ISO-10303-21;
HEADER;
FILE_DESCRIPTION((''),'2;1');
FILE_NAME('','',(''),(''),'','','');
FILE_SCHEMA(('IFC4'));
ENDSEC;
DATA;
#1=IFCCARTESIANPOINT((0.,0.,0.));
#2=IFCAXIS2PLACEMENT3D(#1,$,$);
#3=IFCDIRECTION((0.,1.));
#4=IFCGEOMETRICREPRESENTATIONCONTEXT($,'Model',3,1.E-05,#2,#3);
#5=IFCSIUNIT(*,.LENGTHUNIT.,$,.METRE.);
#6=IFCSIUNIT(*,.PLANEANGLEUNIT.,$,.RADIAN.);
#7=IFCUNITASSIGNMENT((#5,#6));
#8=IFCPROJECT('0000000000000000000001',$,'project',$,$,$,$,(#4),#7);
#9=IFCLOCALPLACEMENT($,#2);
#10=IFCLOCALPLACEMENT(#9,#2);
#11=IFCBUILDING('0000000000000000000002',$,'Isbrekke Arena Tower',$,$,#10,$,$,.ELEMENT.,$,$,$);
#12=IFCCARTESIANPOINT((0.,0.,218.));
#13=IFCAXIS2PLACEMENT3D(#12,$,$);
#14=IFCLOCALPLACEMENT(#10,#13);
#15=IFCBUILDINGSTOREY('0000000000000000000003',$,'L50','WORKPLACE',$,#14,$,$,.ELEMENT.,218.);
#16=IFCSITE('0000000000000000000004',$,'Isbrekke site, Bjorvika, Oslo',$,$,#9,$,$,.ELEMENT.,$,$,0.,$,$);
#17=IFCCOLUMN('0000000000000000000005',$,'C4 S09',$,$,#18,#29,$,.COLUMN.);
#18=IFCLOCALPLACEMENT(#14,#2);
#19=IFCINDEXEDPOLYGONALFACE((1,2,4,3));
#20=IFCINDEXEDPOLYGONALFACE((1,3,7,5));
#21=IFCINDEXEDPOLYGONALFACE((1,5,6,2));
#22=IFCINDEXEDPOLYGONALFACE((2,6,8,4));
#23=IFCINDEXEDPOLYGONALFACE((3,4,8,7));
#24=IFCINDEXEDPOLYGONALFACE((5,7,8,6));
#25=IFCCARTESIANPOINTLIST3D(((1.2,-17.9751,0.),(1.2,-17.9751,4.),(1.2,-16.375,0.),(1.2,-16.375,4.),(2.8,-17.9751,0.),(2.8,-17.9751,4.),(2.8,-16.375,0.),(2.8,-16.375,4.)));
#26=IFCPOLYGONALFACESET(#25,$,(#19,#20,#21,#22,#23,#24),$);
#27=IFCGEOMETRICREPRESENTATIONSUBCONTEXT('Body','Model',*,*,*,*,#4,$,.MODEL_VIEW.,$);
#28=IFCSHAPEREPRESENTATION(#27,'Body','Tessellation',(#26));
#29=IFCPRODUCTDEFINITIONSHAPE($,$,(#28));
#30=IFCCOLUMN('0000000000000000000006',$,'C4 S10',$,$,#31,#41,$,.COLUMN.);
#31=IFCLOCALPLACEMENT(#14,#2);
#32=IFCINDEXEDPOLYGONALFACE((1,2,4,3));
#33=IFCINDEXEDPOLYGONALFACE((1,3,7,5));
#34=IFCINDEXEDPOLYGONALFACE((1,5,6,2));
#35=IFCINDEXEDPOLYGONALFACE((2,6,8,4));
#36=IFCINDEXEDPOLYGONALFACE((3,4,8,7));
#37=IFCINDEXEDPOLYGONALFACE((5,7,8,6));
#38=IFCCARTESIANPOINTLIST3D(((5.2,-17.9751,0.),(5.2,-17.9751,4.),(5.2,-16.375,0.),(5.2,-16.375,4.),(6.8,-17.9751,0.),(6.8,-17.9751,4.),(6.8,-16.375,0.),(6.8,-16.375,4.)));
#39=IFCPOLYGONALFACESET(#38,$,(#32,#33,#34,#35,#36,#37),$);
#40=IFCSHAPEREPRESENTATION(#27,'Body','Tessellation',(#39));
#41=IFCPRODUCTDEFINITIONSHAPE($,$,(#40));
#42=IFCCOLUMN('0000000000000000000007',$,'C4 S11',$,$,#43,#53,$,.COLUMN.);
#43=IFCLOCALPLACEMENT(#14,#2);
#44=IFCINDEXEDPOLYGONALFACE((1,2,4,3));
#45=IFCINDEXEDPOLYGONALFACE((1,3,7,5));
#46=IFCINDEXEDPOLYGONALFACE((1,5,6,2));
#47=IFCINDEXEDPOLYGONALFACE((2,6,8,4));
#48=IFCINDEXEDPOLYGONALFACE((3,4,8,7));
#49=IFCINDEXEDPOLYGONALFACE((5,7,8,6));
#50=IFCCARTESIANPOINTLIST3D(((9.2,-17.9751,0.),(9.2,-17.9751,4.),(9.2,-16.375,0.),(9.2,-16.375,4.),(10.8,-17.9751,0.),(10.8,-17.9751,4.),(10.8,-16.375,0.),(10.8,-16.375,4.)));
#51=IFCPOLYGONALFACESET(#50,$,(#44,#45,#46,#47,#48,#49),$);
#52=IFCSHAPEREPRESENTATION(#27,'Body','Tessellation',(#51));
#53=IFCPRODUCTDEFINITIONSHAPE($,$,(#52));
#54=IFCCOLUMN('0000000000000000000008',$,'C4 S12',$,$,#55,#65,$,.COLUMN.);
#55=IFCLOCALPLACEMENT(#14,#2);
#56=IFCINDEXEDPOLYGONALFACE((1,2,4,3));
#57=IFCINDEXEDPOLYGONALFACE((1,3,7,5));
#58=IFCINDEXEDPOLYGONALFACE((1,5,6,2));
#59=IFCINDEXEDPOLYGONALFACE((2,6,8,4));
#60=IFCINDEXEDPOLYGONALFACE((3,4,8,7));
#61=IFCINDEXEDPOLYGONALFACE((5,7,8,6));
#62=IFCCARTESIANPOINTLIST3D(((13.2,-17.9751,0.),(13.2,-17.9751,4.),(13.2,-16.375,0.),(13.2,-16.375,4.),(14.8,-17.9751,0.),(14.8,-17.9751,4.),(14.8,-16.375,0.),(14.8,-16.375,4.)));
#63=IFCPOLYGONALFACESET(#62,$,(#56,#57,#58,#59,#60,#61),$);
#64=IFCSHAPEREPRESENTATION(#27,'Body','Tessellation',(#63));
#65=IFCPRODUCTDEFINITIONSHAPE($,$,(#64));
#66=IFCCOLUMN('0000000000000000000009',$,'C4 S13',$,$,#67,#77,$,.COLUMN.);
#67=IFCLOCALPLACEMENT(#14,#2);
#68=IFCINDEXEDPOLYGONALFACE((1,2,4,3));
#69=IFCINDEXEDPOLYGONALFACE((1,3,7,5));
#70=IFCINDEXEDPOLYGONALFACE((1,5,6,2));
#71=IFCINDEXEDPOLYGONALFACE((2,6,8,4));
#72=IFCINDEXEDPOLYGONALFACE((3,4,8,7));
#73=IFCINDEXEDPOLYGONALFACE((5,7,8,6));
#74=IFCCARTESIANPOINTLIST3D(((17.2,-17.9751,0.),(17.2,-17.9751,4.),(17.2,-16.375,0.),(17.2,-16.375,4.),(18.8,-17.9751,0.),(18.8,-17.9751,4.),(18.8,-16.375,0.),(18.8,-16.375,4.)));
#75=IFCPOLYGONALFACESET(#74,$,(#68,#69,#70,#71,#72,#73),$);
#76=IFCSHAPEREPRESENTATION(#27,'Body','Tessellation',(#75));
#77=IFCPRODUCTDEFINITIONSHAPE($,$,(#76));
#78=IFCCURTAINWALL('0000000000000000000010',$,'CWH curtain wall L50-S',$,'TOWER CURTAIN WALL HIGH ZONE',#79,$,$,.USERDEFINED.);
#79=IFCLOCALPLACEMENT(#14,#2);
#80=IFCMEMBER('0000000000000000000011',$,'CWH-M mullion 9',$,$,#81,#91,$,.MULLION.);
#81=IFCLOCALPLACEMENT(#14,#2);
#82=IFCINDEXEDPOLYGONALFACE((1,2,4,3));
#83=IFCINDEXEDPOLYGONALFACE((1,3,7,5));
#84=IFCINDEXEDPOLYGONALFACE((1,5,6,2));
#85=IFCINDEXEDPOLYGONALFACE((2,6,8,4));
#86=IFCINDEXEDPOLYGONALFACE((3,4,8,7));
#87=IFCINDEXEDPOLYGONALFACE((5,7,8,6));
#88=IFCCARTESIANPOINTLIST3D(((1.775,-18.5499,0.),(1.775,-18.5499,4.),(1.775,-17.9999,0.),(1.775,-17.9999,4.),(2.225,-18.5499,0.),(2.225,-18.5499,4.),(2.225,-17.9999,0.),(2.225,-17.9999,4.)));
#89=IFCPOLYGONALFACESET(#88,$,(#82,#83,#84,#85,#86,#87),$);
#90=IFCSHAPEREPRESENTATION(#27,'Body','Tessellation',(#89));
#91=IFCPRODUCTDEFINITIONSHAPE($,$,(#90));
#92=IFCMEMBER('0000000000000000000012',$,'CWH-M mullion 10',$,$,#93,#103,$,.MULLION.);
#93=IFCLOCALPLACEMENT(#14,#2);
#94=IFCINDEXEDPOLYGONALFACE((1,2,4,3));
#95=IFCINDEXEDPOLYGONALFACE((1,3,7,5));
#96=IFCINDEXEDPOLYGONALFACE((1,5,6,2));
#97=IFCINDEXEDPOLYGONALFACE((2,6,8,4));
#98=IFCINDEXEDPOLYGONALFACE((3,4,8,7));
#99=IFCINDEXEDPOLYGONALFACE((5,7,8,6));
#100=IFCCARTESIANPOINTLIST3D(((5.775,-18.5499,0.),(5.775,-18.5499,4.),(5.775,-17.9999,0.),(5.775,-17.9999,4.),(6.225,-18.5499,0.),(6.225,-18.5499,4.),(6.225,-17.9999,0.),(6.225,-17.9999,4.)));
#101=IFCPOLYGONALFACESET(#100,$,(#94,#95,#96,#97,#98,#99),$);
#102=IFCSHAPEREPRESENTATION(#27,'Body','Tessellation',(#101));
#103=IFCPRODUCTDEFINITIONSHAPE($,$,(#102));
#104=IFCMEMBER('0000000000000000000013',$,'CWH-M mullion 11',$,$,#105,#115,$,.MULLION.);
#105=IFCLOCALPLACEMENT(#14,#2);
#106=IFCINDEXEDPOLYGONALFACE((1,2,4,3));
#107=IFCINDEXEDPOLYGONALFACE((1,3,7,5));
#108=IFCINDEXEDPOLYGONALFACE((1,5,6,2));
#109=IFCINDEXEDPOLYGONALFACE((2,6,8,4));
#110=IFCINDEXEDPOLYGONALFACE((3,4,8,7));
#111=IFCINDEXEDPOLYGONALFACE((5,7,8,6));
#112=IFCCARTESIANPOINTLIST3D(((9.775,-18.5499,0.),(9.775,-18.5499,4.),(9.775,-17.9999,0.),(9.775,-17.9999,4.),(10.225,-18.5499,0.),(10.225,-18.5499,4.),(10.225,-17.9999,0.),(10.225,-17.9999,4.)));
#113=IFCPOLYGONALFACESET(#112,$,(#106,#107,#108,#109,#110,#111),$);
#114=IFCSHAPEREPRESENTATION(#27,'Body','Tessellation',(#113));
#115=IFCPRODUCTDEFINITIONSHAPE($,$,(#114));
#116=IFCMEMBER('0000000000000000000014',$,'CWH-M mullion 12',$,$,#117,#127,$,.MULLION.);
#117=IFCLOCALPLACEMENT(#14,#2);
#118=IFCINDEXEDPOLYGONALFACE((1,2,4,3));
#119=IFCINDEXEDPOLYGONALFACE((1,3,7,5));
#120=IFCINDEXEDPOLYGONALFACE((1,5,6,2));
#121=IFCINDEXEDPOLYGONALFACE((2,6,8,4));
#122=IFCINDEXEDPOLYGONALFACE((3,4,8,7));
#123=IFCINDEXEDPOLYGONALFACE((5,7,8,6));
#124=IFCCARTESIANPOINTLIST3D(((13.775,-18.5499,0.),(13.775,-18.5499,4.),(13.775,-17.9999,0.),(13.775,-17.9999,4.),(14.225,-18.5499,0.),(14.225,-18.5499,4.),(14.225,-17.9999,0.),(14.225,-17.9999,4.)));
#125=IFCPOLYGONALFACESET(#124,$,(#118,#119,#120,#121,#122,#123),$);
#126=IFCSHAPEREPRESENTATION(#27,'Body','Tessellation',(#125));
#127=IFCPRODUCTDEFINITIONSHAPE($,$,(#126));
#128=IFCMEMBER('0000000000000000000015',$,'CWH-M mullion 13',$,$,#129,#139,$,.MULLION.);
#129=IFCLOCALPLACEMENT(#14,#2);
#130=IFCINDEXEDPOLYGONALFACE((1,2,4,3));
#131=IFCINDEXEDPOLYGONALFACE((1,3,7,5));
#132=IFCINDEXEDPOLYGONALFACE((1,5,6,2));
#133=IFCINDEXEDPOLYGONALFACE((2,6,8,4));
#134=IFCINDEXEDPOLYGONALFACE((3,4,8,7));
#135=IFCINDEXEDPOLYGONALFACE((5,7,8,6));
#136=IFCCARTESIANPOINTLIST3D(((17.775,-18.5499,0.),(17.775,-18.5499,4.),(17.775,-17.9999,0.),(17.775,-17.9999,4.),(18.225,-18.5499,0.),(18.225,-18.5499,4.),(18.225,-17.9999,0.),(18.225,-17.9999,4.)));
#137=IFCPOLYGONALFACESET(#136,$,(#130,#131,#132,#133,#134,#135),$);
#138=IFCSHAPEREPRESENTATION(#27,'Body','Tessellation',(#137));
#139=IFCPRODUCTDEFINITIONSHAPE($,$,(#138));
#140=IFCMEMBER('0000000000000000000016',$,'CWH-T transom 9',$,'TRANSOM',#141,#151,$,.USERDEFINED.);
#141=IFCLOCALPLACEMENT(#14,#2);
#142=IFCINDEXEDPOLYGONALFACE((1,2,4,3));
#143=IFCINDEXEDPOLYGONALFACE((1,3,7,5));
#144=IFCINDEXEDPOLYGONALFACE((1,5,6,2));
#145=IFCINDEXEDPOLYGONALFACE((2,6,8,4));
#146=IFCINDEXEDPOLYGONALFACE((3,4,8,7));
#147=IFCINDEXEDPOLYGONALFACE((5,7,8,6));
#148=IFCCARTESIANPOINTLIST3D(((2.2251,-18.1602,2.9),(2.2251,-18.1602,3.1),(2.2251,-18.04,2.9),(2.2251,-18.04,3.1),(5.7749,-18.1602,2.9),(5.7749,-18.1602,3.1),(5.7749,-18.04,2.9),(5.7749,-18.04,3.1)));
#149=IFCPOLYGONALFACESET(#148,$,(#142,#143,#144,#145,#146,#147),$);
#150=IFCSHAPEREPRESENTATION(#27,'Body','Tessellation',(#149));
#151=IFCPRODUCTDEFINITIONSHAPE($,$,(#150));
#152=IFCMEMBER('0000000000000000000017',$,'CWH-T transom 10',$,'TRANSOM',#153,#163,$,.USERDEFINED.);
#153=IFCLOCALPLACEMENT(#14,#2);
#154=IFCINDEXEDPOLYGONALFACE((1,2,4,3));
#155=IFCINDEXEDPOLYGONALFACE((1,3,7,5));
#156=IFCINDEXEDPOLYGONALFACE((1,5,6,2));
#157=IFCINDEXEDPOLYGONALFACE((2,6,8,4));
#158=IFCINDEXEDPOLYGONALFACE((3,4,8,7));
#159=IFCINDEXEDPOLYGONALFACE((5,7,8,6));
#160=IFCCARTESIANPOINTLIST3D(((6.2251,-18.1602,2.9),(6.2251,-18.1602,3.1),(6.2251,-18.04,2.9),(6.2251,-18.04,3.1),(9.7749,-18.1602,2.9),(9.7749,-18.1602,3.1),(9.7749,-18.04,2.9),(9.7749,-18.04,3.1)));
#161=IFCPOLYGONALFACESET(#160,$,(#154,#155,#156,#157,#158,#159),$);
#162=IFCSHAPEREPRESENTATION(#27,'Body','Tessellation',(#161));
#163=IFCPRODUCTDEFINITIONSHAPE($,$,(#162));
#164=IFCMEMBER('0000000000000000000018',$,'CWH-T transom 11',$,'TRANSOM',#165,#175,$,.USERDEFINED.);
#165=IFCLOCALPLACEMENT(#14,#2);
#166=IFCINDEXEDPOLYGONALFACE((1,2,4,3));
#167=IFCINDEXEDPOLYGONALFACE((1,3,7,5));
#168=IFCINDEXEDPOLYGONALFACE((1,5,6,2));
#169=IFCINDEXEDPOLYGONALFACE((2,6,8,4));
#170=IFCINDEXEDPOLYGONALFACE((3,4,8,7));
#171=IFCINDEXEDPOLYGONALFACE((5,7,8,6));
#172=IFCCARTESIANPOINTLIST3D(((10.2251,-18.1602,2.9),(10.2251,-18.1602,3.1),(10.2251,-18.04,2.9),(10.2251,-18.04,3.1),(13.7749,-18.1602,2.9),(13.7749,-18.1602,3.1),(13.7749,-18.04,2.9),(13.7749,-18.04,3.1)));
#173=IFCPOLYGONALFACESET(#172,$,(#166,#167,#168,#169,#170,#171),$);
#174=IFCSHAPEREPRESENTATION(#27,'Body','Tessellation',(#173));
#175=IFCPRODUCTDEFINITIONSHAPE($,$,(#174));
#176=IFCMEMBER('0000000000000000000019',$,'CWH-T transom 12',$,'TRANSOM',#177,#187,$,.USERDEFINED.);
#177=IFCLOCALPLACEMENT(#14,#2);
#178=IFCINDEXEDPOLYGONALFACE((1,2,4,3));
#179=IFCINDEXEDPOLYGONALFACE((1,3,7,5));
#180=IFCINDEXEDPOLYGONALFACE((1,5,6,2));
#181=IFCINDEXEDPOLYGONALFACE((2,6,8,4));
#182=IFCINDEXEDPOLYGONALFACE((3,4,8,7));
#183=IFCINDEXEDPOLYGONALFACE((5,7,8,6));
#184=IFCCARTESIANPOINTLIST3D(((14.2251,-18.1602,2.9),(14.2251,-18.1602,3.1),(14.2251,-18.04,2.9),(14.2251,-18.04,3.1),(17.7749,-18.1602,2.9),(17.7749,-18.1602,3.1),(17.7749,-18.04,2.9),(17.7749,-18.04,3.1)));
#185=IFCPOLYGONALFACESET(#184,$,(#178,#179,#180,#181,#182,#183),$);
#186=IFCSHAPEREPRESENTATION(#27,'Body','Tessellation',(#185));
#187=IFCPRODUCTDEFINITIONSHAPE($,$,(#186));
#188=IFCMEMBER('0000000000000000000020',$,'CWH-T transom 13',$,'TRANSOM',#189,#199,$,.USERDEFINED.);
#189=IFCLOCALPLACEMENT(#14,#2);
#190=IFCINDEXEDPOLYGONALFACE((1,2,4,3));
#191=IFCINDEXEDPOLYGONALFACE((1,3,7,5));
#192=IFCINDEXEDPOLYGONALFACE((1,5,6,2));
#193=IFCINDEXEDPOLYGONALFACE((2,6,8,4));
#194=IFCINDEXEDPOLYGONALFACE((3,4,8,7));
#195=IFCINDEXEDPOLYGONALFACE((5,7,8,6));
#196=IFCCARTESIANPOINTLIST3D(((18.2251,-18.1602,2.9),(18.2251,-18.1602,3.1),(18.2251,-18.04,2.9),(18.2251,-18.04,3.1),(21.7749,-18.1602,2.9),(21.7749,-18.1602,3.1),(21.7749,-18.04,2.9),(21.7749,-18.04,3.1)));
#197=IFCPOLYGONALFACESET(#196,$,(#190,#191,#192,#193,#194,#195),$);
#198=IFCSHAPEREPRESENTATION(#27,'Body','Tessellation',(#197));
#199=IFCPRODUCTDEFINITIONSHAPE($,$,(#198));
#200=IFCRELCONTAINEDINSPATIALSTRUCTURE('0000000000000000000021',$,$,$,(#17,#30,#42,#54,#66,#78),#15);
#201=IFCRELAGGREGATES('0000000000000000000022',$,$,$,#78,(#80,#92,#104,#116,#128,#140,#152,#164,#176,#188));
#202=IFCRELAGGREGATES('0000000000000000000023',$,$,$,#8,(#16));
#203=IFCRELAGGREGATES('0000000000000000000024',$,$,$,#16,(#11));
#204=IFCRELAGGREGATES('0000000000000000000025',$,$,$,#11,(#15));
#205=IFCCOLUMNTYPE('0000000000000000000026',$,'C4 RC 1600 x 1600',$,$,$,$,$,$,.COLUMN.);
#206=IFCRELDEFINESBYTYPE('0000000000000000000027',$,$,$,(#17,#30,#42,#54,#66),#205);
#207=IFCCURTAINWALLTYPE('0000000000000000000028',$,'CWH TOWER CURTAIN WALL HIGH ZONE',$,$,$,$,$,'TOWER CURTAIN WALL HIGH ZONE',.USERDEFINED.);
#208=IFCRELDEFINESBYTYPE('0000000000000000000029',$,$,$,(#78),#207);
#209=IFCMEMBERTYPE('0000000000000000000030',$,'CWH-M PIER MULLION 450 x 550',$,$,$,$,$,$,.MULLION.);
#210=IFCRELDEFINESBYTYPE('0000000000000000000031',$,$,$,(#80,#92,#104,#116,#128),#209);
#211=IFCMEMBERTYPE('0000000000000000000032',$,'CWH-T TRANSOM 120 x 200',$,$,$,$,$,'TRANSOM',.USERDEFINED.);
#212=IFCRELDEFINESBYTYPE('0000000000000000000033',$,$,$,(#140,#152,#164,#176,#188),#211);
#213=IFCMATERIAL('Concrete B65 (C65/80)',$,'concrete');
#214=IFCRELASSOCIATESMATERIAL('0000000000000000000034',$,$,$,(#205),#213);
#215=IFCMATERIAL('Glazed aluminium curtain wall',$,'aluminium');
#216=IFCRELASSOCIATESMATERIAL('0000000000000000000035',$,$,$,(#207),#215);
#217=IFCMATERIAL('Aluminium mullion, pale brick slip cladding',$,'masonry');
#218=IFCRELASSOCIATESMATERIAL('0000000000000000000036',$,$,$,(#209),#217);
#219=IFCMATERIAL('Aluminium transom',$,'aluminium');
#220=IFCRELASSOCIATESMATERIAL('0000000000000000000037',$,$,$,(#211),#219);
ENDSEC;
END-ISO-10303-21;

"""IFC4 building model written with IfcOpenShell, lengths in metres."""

from ifc_helpers import new_model, si_unit, direction, frame, origin, origin_2d, place, context, subcontext, project, spatial, rectangle, extrude, material, material_profile, profile_set, type_object, element, aggregate, save


model = new_model("IFC4")

# Units and contexts
model_context = context("Model", 3, precision=1e-05, world=origin(), true_north=direction((0.0, 1.0)))
body_context = subcontext(model_context, "Body", "Model", "MODEL_VIEW")
ifc_project = project(units=[si_unit("LENGTHUNIT", "METRE"), si_unit("PLANEANGLEUNIT", "RADIAN")], contexts=[model_context])

# Site, building, storey
site_placement = place(None, origin())
site = spatial("IfcSite", under=ifc_project, at=site_placement, Name="Isbrekke site, Bjorvika, Oslo", CompositionType="ELEMENT", RefElevation=0.0)
building_placement = place(site_placement, origin())
building = spatial("IfcBuilding", under=site, at=building_placement, Name="Isbrekke Arena Tower", CompositionType="ELEMENT")
storey_placement = place(building_placement, frame((0.0, 0.0, 218.0)))
storey = spatial("IfcBuildingStorey", under=building, at=storey_placement, Name="L50", Description="WORKPLACE", CompositionType="ELEMENT", Elevation=218.0)

# Columns
ifc_material_1 = material(Name="Concrete B65 (C65/80)", Category="concrete")
ifc_material_profile_1 = material_profile(ifc_material_1, rectangle(XDim=1.6001, YDim=1.6001, at=origin_2d()), Name="RC 1600x1600")
ifc_profile_set_1 = profile_set([ifc_material_profile_1], Name="Concrete B65 (C65/80)")
column_type = type_object("IfcColumnType", Name="C4 RC 1600 x 1600", PredefinedType="COLUMN", material=ifc_profile_set_1)
for number, where, z_axis, x_axis, name in (
    (1, (2.0, -17.175, 0.0), (0.0, 0.0, 1.0), (1.0, 0.0, 0.0), "C4 S09"),
    (2, (6.0, -17.175, 0.0), (0.0, 0.0, 1.0), (1.0, 0.0, 0.0), "C4 S10"),
    (3, (10.0, -17.175, 0.0), (0.0, 0.0, 1.0), (1.0, 0.0, 0.0), "C4 S11"),
    (4, (14.0, -17.175, 0.0), (0.0, 0.0, 1.0), (1.0, 0.0, 0.0), "C4 S12"),
    (5, (18.0, -17.175, 0.0), (0.0, 0.0, 1.0), (1.0, 0.0, 0.0), "C4 S13"),
):
    element("IfcColumn", number, at=place(storey_placement, frame(where, z_axis=z_axis, x_axis=x_axis)), inside=storey, type_object=column_type, Name=name, PredefinedType="COLUMN", context=body_context, shape_type="SweptSolid", body=[
        extrude(rectangle(XDim=1.6001, YDim=1.6001, at=origin_2d()), origin(), (0.0, 0.0, 1.0), 4.0),
    ])

# Curtain wall, members
ifc_material_2 = material(Name="Glazed aluminium curtain wall", Category="aluminium")
curtain_wall_type = type_object("IfcCurtainWallType", Name="CWH TOWER CURTAIN WALL HIGH ZONE", ElementType="TOWER CURTAIN WALL HIGH ZONE", PredefinedType="USERDEFINED", material=ifc_material_2)
curtain_wall_placement = place(storey_placement, origin())
curtain_wall = element("IfcCurtainWall", 6, at=curtain_wall_placement, inside=storey, type_object=curtain_wall_type, Name="CWH curtain wall L50-S", ObjectType="TOWER CURTAIN WALL HIGH ZONE", PredefinedType="USERDEFINED")
ifc_material_3 = material(Name="Aluminium mullion, pale brick slip cladding", Category="masonry")
ifc_material_profile_2 = material_profile(ifc_material_3, rectangle(XDim=0.45, YDim=0.55, at=origin_2d()), Name="PIER 450X550")
ifc_profile_set_2 = profile_set([ifc_material_profile_2], Name="Aluminium mullion, pale brick slip cladding")
member_type_1 = type_object("IfcMemberType", Name="CWH-M PIER MULLION 450 x 550", PredefinedType="MULLION", material=ifc_profile_set_2)
member_1_placement = place(storey_placement, frame((2.0, -18.2749, 0.0), z_axis=(0.0, 0.0, 1.0), x_axis=(1.0, 0.0, 0.0)))
member_1 = element("IfcMember", 7, at=member_1_placement, type_object=member_type_1, Name="CWH-M mullion 9", PredefinedType="MULLION", context=body_context, shape_type="SweptSolid", body=[
    extrude(rectangle(XDim=0.45, YDim=0.55, at=origin_2d()), origin(), (0.0, 0.0, 1.0), 4.0),
])
member_2_placement = place(storey_placement, frame((6.0, -18.2749, 0.0), z_axis=(0.0, 0.0, 1.0), x_axis=(1.0, 0.0, 0.0)))
member_2 = element("IfcMember", 8, at=member_2_placement, type_object=member_type_1, Name="CWH-M mullion 10", PredefinedType="MULLION", context=body_context, shape_type="SweptSolid", body=[
    extrude(rectangle(XDim=0.45, YDim=0.55, at=origin_2d()), origin(), (0.0, 0.0, 1.0), 4.0),
])
member_3_placement = place(storey_placement, frame((10.0, -18.2749, 0.0), z_axis=(0.0, 0.0, 1.0), x_axis=(1.0, 0.0, 0.0)))
member_3 = element("IfcMember", 9, at=member_3_placement, type_object=member_type_1, Name="CWH-M mullion 11", PredefinedType="MULLION", context=body_context, shape_type="SweptSolid", body=[
    extrude(rectangle(XDim=0.45, YDim=0.55, at=origin_2d()), origin(), (0.0, 0.0, 1.0), 4.0),
])
member_4_placement = place(storey_placement, frame((14.0, -18.2749, 0.0), z_axis=(0.0, 0.0, 1.0), x_axis=(1.0, 0.0, 0.0)))
member_4 = element("IfcMember", 10, at=member_4_placement, type_object=member_type_1, Name="CWH-M mullion 12", PredefinedType="MULLION", context=body_context, shape_type="SweptSolid", body=[
    extrude(rectangle(XDim=0.45, YDim=0.55, at=origin_2d()), origin(), (0.0, 0.0, 1.0), 4.0),
])
member_5_placement = place(storey_placement, frame((18.0, -18.2749, 0.0), z_axis=(0.0, 0.0, 1.0), x_axis=(1.0, 0.0, 0.0)))
member_5 = element("IfcMember", 11, at=member_5_placement, type_object=member_type_1, Name="CWH-M mullion 13", PredefinedType="MULLION", context=body_context, shape_type="SweptSolid", body=[
    extrude(rectangle(XDim=0.45, YDim=0.55, at=origin_2d()), origin(), (0.0, 0.0, 1.0), 4.0),
])
ifc_material_4 = material(Name="Aluminium transom", Category="aluminium")
ifc_material_profile_3 = material_profile(ifc_material_4, rectangle(XDim=0.1201, YDim=0.2, at=origin_2d()), Name="TRANSOM 120X200")
ifc_profile_set_3 = profile_set([ifc_material_profile_3], Name="Aluminium transom")
member_type_2 = type_object("IfcMemberType", Name="CWH-T TRANSOM 120 x 200", ElementType="TRANSOM", PredefinedType="USERDEFINED", material=ifc_profile_set_3)
member_6_placement = place(storey_placement, frame((2.2251, -18.1001, 3.0), z_axis=(1.0, 0.0, 0.0), x_axis=(0.0, 1.0, 0.0)))
member_6 = element("IfcMember", 12, at=member_6_placement, type_object=member_type_2, Name="CWH-T transom 9", ObjectType="TRANSOM", PredefinedType="USERDEFINED", context=body_context, shape_type="SweptSolid", body=[
    extrude(rectangle(XDim=0.1201, YDim=0.2, at=origin_2d()), origin(), (0.0, 0.0, 1.0), 3.5498),
])
member_7_placement = place(storey_placement, frame((6.2251, -18.1001, 3.0), z_axis=(1.0, 0.0, 0.0), x_axis=(0.0, 1.0, 0.0)))
member_7 = element("IfcMember", 13, at=member_7_placement, type_object=member_type_2, Name="CWH-T transom 10", ObjectType="TRANSOM", PredefinedType="USERDEFINED", context=body_context, shape_type="SweptSolid", body=[
    extrude(rectangle(XDim=0.1201, YDim=0.2, at=origin_2d()), origin(), (0.0, 0.0, 1.0), 3.5498),
])
member_8_placement = place(storey_placement, frame((10.2251, -18.1001, 3.0), z_axis=(1.0, 0.0, 0.0), x_axis=(0.0, 1.0, 0.0)))
member_8 = element("IfcMember", 14, at=member_8_placement, type_object=member_type_2, Name="CWH-T transom 11", ObjectType="TRANSOM", PredefinedType="USERDEFINED", context=body_context, shape_type="SweptSolid", body=[
    extrude(rectangle(XDim=0.1201, YDim=0.2, at=origin_2d()), origin(), (0.0, 0.0, 1.0), 3.5498),
])
member_9_placement = place(storey_placement, frame((14.2251, -18.1001, 3.0), z_axis=(1.0, 0.0, 0.0), x_axis=(0.0, 1.0, 0.0)))
member_9 = element("IfcMember", 15, at=member_9_placement, type_object=member_type_2, Name="CWH-T transom 12", ObjectType="TRANSOM", PredefinedType="USERDEFINED", context=body_context, shape_type="SweptSolid", body=[
    extrude(rectangle(XDim=0.1201, YDim=0.2, at=origin_2d()), origin(), (0.0, 0.0, 1.0), 3.5498),
])
member_10_placement = place(storey_placement, frame((18.2251, -18.1001, 3.0), z_axis=(1.0, 0.0, 0.0), x_axis=(0.0, 1.0, 0.0)))
member_10 = element("IfcMember", 16, at=member_10_placement, type_object=member_type_2, Name="CWH-T transom 13", ObjectType="TRANSOM", PredefinedType="USERDEFINED", context=body_context, shape_type="SweptSolid", body=[
    extrude(rectangle(XDim=0.1201, YDim=0.2, at=origin_2d()), origin(), (0.0, 0.0, 1.0), 3.5498),
])

aggregate(curtain_wall, [member_1, member_2, member_3, member_4, member_5, member_6, member_7, member_8, member_9, member_10])

save(model, "model.ifc")
